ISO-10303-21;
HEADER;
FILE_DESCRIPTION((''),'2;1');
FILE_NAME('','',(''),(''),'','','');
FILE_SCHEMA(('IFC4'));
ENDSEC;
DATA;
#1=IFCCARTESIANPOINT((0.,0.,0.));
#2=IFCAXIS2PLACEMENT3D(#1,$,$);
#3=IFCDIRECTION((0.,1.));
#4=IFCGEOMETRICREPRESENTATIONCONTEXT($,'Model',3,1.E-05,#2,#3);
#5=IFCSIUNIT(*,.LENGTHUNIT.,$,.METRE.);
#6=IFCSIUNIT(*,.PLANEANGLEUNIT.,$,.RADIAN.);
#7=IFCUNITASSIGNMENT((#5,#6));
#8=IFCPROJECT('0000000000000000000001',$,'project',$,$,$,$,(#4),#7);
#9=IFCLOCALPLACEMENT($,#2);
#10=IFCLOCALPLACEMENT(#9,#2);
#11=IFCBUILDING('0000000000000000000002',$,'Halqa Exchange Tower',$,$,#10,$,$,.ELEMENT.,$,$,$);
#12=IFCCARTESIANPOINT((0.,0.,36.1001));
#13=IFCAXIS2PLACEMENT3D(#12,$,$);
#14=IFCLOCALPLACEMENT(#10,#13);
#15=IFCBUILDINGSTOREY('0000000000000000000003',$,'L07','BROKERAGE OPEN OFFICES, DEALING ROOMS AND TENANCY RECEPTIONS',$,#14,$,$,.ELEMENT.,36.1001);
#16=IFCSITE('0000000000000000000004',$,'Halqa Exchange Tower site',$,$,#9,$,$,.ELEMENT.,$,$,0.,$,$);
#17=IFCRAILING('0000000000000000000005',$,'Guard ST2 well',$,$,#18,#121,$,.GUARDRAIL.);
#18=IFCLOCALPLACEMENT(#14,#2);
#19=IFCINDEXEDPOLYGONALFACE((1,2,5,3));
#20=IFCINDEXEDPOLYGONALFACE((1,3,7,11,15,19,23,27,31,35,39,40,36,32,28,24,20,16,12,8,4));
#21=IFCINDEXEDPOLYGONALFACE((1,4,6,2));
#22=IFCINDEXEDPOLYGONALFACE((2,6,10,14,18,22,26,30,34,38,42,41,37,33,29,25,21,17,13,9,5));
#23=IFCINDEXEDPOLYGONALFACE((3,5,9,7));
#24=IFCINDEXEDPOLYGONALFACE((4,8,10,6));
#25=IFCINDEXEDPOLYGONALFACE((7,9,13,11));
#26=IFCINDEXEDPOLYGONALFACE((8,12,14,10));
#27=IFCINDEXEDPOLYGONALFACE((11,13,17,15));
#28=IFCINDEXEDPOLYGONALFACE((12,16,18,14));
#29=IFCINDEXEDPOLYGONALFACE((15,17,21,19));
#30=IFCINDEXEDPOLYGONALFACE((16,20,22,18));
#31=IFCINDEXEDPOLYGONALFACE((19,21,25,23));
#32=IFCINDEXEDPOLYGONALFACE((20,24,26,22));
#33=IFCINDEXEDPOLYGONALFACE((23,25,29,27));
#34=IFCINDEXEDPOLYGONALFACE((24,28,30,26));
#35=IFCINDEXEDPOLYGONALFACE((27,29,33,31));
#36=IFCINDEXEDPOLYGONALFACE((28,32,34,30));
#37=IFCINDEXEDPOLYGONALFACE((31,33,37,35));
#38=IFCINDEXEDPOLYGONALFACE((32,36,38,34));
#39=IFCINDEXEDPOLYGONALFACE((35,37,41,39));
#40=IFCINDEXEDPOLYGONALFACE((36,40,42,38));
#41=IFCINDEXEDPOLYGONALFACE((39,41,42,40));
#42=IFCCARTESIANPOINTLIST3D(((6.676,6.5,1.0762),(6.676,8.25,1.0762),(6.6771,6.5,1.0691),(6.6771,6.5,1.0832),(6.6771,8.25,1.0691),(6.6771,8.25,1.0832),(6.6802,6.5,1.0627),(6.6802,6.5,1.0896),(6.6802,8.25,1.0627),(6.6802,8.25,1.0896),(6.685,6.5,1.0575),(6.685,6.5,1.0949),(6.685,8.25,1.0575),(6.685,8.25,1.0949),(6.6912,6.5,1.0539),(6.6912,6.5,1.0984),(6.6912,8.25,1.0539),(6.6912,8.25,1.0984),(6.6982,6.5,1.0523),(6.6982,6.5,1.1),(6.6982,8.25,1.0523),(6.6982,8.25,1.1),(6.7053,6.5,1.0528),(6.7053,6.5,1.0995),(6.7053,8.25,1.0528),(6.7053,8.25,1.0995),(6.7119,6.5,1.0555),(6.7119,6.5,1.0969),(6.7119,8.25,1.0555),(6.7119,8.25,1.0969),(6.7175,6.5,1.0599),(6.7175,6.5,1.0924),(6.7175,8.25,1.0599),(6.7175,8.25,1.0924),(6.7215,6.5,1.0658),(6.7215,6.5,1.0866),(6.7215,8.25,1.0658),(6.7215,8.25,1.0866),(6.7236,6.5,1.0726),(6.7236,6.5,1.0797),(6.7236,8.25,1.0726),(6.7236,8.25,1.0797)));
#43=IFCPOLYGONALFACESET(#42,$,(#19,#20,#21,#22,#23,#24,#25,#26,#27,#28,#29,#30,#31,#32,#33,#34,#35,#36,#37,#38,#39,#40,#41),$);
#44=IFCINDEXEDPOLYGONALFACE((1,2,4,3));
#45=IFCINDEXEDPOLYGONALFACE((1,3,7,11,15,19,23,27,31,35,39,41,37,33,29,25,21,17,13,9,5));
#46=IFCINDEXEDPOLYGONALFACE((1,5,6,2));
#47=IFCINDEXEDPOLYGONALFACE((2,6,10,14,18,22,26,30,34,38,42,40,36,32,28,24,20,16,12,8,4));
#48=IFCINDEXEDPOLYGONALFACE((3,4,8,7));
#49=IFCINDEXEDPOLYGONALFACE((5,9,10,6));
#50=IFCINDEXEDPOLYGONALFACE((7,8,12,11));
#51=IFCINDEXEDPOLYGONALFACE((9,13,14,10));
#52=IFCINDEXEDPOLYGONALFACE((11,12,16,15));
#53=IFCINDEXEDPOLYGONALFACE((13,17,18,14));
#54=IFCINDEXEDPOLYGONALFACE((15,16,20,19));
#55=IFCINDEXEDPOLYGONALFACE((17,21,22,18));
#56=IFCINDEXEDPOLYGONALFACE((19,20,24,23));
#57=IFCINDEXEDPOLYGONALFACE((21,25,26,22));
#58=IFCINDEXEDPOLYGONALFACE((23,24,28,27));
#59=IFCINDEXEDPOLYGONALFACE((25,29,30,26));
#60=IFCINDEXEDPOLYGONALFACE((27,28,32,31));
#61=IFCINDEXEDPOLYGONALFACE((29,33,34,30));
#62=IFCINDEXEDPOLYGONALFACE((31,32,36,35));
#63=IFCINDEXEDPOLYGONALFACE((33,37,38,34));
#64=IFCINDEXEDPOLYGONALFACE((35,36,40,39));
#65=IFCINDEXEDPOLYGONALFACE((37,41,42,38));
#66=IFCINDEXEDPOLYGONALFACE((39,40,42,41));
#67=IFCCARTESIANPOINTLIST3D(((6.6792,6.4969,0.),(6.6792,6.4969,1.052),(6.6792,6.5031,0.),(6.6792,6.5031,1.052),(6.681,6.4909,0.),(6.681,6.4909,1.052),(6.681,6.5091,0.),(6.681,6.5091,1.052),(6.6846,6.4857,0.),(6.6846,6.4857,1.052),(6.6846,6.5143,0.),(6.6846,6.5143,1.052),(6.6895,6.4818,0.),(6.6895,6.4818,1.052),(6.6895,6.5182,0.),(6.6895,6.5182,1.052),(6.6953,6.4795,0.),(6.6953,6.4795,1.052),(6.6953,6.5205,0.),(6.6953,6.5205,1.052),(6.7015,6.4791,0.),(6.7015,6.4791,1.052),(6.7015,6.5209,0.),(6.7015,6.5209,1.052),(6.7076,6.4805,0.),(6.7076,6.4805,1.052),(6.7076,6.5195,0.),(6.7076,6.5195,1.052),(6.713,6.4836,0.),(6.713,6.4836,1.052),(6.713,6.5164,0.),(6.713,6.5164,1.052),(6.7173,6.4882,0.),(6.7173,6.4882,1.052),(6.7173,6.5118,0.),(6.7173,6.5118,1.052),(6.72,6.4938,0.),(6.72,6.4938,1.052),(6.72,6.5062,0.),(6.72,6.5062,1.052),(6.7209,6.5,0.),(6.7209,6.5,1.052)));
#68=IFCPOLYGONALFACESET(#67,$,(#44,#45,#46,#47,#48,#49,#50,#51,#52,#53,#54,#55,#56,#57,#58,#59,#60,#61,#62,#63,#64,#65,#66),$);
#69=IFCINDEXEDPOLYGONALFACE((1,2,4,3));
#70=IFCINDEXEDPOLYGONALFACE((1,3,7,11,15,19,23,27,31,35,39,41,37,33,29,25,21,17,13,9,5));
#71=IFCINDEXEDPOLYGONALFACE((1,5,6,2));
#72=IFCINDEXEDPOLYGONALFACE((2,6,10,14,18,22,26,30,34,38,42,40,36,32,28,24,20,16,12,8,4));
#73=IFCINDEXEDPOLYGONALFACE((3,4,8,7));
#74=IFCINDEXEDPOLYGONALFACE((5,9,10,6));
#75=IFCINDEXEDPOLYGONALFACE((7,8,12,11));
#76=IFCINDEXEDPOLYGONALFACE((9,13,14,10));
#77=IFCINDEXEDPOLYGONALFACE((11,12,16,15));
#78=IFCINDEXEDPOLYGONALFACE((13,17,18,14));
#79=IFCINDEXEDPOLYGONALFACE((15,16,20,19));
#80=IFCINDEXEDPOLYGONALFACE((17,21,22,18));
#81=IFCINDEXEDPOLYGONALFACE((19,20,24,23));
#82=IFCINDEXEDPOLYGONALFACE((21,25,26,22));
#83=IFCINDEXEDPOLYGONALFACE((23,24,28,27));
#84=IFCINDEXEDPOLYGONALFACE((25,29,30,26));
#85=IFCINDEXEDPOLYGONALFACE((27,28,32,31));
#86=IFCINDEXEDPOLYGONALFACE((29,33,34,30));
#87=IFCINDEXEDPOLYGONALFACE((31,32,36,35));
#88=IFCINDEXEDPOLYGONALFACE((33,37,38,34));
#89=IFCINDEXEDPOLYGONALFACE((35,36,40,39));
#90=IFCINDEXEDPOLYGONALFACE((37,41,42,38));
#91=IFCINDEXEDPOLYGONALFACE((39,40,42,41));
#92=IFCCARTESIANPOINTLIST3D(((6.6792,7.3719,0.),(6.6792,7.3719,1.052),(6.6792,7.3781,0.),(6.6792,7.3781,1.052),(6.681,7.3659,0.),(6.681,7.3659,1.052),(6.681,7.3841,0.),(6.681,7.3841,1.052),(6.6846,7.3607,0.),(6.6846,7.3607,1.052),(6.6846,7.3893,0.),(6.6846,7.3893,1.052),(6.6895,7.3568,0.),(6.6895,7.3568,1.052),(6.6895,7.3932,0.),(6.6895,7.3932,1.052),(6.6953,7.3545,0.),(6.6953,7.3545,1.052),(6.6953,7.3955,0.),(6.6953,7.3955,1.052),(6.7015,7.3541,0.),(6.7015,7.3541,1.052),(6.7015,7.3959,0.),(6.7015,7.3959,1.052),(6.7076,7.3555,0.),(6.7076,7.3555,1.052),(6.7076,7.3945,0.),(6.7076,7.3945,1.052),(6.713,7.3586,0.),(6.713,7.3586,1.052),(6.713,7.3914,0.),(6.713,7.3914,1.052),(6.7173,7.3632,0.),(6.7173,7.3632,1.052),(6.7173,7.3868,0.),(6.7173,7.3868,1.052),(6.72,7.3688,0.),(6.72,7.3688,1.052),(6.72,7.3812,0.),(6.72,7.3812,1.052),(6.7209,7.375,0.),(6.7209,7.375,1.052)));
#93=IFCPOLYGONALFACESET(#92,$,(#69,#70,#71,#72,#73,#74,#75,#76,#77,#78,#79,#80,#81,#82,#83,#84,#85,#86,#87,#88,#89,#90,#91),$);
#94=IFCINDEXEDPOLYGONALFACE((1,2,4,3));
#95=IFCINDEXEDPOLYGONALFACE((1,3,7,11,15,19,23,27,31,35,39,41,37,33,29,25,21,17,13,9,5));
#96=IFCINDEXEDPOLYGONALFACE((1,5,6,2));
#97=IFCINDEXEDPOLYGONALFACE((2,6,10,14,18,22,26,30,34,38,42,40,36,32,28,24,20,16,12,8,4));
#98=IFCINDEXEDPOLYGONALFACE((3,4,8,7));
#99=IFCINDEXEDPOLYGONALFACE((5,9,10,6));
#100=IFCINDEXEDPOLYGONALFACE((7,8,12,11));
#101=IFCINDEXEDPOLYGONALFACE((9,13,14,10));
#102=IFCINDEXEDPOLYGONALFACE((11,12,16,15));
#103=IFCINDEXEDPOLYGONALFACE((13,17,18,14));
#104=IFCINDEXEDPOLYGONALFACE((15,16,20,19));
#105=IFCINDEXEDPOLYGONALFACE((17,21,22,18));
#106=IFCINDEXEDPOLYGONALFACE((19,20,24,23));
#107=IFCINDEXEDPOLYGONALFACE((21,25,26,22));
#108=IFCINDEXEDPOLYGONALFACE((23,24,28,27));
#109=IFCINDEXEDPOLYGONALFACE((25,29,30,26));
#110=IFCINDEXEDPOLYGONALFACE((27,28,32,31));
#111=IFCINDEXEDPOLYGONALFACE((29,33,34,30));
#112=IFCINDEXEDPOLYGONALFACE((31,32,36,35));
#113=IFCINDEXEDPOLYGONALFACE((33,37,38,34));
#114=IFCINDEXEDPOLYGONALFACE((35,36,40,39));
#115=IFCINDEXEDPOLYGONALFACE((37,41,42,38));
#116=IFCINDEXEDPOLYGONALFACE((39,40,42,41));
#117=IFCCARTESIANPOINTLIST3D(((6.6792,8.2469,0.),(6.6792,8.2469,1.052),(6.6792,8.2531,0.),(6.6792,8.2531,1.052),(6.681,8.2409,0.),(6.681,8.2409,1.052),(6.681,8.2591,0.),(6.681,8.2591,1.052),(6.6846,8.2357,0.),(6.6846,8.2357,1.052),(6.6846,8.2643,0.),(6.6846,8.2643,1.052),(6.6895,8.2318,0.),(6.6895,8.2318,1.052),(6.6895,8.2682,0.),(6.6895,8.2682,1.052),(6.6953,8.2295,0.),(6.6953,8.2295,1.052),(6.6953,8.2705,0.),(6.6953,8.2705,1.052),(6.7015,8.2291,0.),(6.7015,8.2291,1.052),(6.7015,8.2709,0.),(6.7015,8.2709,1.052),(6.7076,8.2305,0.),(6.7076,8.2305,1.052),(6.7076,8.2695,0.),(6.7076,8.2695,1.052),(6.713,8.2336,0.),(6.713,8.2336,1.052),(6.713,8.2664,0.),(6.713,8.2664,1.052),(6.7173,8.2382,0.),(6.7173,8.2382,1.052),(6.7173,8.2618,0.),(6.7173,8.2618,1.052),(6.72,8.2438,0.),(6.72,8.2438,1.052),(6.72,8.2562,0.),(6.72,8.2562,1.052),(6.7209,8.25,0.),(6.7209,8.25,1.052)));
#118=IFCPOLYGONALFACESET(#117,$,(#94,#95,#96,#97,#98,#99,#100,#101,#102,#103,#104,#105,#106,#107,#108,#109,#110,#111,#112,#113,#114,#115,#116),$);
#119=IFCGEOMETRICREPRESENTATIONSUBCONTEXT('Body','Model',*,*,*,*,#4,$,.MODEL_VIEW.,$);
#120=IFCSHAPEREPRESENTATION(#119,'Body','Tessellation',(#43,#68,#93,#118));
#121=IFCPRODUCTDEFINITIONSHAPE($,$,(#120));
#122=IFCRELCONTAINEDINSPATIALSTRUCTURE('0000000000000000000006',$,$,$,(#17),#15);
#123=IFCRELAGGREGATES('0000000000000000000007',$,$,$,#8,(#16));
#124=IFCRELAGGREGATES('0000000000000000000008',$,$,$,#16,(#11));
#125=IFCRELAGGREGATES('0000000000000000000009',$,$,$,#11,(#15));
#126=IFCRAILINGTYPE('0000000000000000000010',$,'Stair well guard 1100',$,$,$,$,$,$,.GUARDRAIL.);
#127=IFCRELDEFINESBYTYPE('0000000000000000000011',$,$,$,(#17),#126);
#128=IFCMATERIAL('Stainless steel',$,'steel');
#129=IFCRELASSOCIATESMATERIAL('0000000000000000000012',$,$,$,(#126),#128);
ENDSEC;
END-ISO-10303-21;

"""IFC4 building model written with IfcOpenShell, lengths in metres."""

from ifc_helpers import new_model, si_unit, direction, frame, origin, origin_2d, place, context, subcontext, project, spatial, circle, extrude, material, type_object, element, save


model = new_model("IFC4")

# Units and contexts
model_context = context("Model", 3, precision=1e-05, world=origin(), true_north=direction((0.0, 1.0)))
body_context = subcontext(model_context, "Body", "Model", "MODEL_VIEW")
ifc_project = project(units=[si_unit("LENGTHUNIT", "METRE"), si_unit("PLANEANGLEUNIT", "RADIAN")], contexts=[model_context])

# Site, building, storey
site_placement = place(None, origin())
site = spatial("IfcSite", under=ifc_project, at=site_placement, Name="Halqa Exchange Tower site", CompositionType="ELEMENT", RefElevation=0.0)
building_placement = place(site_placement, origin())
building = spatial("IfcBuilding", under=site, at=building_placement, Name="Halqa Exchange Tower", CompositionType="ELEMENT")
storey_placement = place(building_placement, frame((0.0, 0.0, 36.1001)))
storey = spatial("IfcBuildingStorey", under=building, at=storey_placement, Name="L07", Description="BROKERAGE OPEN OFFICES, DEALING ROOMS AND TENANCY RECEPTIONS", CompositionType="ELEMENT", Elevation=36.1001)

# Railing
ifc_material_1 = material(Name="Stainless steel", Category="steel")
railing_type_1 = type_object("IfcRailingType", Name="Stair well guard 1100", PredefinedType="GUARDRAIL", material=ifc_material_1)
railing_1_placement = place(storey_placement, frame((6.7, 6.5, 0.0)))
element("IfcRailing", 1, at=railing_1_placement, inside=storey, type_object=railing_type_1, Name="Guard ST2 well", PredefinedType="GUARDRAIL", context=body_context, shape_type="SweptSolid", body=[
    extrude(circle(Radius=0.0239, at=origin_2d()), frame((0.0, 0.0, 1.0762), z_axis=(0.0, 1.0, 0.0), x_axis=(-1.0, 0.0, 0.0)), (0.0, 0.0, 1.0), 1.75),
    extrude(circle(Radius=0.021, at=origin_2d()), origin(), (0.0, 0.0, 1.0), 1.052),
    extrude(circle(Radius=0.021, at=origin_2d()), frame((0.0, 0.875, 0.0)), (0.0, 0.0, 1.0), 1.052),
    extrude(circle(Radius=0.021, at=origin_2d()), frame((0.0, 1.75, 0.0)), (0.0, 0.0, 1.0), 1.052),
])

save(model, "model.ifc")
